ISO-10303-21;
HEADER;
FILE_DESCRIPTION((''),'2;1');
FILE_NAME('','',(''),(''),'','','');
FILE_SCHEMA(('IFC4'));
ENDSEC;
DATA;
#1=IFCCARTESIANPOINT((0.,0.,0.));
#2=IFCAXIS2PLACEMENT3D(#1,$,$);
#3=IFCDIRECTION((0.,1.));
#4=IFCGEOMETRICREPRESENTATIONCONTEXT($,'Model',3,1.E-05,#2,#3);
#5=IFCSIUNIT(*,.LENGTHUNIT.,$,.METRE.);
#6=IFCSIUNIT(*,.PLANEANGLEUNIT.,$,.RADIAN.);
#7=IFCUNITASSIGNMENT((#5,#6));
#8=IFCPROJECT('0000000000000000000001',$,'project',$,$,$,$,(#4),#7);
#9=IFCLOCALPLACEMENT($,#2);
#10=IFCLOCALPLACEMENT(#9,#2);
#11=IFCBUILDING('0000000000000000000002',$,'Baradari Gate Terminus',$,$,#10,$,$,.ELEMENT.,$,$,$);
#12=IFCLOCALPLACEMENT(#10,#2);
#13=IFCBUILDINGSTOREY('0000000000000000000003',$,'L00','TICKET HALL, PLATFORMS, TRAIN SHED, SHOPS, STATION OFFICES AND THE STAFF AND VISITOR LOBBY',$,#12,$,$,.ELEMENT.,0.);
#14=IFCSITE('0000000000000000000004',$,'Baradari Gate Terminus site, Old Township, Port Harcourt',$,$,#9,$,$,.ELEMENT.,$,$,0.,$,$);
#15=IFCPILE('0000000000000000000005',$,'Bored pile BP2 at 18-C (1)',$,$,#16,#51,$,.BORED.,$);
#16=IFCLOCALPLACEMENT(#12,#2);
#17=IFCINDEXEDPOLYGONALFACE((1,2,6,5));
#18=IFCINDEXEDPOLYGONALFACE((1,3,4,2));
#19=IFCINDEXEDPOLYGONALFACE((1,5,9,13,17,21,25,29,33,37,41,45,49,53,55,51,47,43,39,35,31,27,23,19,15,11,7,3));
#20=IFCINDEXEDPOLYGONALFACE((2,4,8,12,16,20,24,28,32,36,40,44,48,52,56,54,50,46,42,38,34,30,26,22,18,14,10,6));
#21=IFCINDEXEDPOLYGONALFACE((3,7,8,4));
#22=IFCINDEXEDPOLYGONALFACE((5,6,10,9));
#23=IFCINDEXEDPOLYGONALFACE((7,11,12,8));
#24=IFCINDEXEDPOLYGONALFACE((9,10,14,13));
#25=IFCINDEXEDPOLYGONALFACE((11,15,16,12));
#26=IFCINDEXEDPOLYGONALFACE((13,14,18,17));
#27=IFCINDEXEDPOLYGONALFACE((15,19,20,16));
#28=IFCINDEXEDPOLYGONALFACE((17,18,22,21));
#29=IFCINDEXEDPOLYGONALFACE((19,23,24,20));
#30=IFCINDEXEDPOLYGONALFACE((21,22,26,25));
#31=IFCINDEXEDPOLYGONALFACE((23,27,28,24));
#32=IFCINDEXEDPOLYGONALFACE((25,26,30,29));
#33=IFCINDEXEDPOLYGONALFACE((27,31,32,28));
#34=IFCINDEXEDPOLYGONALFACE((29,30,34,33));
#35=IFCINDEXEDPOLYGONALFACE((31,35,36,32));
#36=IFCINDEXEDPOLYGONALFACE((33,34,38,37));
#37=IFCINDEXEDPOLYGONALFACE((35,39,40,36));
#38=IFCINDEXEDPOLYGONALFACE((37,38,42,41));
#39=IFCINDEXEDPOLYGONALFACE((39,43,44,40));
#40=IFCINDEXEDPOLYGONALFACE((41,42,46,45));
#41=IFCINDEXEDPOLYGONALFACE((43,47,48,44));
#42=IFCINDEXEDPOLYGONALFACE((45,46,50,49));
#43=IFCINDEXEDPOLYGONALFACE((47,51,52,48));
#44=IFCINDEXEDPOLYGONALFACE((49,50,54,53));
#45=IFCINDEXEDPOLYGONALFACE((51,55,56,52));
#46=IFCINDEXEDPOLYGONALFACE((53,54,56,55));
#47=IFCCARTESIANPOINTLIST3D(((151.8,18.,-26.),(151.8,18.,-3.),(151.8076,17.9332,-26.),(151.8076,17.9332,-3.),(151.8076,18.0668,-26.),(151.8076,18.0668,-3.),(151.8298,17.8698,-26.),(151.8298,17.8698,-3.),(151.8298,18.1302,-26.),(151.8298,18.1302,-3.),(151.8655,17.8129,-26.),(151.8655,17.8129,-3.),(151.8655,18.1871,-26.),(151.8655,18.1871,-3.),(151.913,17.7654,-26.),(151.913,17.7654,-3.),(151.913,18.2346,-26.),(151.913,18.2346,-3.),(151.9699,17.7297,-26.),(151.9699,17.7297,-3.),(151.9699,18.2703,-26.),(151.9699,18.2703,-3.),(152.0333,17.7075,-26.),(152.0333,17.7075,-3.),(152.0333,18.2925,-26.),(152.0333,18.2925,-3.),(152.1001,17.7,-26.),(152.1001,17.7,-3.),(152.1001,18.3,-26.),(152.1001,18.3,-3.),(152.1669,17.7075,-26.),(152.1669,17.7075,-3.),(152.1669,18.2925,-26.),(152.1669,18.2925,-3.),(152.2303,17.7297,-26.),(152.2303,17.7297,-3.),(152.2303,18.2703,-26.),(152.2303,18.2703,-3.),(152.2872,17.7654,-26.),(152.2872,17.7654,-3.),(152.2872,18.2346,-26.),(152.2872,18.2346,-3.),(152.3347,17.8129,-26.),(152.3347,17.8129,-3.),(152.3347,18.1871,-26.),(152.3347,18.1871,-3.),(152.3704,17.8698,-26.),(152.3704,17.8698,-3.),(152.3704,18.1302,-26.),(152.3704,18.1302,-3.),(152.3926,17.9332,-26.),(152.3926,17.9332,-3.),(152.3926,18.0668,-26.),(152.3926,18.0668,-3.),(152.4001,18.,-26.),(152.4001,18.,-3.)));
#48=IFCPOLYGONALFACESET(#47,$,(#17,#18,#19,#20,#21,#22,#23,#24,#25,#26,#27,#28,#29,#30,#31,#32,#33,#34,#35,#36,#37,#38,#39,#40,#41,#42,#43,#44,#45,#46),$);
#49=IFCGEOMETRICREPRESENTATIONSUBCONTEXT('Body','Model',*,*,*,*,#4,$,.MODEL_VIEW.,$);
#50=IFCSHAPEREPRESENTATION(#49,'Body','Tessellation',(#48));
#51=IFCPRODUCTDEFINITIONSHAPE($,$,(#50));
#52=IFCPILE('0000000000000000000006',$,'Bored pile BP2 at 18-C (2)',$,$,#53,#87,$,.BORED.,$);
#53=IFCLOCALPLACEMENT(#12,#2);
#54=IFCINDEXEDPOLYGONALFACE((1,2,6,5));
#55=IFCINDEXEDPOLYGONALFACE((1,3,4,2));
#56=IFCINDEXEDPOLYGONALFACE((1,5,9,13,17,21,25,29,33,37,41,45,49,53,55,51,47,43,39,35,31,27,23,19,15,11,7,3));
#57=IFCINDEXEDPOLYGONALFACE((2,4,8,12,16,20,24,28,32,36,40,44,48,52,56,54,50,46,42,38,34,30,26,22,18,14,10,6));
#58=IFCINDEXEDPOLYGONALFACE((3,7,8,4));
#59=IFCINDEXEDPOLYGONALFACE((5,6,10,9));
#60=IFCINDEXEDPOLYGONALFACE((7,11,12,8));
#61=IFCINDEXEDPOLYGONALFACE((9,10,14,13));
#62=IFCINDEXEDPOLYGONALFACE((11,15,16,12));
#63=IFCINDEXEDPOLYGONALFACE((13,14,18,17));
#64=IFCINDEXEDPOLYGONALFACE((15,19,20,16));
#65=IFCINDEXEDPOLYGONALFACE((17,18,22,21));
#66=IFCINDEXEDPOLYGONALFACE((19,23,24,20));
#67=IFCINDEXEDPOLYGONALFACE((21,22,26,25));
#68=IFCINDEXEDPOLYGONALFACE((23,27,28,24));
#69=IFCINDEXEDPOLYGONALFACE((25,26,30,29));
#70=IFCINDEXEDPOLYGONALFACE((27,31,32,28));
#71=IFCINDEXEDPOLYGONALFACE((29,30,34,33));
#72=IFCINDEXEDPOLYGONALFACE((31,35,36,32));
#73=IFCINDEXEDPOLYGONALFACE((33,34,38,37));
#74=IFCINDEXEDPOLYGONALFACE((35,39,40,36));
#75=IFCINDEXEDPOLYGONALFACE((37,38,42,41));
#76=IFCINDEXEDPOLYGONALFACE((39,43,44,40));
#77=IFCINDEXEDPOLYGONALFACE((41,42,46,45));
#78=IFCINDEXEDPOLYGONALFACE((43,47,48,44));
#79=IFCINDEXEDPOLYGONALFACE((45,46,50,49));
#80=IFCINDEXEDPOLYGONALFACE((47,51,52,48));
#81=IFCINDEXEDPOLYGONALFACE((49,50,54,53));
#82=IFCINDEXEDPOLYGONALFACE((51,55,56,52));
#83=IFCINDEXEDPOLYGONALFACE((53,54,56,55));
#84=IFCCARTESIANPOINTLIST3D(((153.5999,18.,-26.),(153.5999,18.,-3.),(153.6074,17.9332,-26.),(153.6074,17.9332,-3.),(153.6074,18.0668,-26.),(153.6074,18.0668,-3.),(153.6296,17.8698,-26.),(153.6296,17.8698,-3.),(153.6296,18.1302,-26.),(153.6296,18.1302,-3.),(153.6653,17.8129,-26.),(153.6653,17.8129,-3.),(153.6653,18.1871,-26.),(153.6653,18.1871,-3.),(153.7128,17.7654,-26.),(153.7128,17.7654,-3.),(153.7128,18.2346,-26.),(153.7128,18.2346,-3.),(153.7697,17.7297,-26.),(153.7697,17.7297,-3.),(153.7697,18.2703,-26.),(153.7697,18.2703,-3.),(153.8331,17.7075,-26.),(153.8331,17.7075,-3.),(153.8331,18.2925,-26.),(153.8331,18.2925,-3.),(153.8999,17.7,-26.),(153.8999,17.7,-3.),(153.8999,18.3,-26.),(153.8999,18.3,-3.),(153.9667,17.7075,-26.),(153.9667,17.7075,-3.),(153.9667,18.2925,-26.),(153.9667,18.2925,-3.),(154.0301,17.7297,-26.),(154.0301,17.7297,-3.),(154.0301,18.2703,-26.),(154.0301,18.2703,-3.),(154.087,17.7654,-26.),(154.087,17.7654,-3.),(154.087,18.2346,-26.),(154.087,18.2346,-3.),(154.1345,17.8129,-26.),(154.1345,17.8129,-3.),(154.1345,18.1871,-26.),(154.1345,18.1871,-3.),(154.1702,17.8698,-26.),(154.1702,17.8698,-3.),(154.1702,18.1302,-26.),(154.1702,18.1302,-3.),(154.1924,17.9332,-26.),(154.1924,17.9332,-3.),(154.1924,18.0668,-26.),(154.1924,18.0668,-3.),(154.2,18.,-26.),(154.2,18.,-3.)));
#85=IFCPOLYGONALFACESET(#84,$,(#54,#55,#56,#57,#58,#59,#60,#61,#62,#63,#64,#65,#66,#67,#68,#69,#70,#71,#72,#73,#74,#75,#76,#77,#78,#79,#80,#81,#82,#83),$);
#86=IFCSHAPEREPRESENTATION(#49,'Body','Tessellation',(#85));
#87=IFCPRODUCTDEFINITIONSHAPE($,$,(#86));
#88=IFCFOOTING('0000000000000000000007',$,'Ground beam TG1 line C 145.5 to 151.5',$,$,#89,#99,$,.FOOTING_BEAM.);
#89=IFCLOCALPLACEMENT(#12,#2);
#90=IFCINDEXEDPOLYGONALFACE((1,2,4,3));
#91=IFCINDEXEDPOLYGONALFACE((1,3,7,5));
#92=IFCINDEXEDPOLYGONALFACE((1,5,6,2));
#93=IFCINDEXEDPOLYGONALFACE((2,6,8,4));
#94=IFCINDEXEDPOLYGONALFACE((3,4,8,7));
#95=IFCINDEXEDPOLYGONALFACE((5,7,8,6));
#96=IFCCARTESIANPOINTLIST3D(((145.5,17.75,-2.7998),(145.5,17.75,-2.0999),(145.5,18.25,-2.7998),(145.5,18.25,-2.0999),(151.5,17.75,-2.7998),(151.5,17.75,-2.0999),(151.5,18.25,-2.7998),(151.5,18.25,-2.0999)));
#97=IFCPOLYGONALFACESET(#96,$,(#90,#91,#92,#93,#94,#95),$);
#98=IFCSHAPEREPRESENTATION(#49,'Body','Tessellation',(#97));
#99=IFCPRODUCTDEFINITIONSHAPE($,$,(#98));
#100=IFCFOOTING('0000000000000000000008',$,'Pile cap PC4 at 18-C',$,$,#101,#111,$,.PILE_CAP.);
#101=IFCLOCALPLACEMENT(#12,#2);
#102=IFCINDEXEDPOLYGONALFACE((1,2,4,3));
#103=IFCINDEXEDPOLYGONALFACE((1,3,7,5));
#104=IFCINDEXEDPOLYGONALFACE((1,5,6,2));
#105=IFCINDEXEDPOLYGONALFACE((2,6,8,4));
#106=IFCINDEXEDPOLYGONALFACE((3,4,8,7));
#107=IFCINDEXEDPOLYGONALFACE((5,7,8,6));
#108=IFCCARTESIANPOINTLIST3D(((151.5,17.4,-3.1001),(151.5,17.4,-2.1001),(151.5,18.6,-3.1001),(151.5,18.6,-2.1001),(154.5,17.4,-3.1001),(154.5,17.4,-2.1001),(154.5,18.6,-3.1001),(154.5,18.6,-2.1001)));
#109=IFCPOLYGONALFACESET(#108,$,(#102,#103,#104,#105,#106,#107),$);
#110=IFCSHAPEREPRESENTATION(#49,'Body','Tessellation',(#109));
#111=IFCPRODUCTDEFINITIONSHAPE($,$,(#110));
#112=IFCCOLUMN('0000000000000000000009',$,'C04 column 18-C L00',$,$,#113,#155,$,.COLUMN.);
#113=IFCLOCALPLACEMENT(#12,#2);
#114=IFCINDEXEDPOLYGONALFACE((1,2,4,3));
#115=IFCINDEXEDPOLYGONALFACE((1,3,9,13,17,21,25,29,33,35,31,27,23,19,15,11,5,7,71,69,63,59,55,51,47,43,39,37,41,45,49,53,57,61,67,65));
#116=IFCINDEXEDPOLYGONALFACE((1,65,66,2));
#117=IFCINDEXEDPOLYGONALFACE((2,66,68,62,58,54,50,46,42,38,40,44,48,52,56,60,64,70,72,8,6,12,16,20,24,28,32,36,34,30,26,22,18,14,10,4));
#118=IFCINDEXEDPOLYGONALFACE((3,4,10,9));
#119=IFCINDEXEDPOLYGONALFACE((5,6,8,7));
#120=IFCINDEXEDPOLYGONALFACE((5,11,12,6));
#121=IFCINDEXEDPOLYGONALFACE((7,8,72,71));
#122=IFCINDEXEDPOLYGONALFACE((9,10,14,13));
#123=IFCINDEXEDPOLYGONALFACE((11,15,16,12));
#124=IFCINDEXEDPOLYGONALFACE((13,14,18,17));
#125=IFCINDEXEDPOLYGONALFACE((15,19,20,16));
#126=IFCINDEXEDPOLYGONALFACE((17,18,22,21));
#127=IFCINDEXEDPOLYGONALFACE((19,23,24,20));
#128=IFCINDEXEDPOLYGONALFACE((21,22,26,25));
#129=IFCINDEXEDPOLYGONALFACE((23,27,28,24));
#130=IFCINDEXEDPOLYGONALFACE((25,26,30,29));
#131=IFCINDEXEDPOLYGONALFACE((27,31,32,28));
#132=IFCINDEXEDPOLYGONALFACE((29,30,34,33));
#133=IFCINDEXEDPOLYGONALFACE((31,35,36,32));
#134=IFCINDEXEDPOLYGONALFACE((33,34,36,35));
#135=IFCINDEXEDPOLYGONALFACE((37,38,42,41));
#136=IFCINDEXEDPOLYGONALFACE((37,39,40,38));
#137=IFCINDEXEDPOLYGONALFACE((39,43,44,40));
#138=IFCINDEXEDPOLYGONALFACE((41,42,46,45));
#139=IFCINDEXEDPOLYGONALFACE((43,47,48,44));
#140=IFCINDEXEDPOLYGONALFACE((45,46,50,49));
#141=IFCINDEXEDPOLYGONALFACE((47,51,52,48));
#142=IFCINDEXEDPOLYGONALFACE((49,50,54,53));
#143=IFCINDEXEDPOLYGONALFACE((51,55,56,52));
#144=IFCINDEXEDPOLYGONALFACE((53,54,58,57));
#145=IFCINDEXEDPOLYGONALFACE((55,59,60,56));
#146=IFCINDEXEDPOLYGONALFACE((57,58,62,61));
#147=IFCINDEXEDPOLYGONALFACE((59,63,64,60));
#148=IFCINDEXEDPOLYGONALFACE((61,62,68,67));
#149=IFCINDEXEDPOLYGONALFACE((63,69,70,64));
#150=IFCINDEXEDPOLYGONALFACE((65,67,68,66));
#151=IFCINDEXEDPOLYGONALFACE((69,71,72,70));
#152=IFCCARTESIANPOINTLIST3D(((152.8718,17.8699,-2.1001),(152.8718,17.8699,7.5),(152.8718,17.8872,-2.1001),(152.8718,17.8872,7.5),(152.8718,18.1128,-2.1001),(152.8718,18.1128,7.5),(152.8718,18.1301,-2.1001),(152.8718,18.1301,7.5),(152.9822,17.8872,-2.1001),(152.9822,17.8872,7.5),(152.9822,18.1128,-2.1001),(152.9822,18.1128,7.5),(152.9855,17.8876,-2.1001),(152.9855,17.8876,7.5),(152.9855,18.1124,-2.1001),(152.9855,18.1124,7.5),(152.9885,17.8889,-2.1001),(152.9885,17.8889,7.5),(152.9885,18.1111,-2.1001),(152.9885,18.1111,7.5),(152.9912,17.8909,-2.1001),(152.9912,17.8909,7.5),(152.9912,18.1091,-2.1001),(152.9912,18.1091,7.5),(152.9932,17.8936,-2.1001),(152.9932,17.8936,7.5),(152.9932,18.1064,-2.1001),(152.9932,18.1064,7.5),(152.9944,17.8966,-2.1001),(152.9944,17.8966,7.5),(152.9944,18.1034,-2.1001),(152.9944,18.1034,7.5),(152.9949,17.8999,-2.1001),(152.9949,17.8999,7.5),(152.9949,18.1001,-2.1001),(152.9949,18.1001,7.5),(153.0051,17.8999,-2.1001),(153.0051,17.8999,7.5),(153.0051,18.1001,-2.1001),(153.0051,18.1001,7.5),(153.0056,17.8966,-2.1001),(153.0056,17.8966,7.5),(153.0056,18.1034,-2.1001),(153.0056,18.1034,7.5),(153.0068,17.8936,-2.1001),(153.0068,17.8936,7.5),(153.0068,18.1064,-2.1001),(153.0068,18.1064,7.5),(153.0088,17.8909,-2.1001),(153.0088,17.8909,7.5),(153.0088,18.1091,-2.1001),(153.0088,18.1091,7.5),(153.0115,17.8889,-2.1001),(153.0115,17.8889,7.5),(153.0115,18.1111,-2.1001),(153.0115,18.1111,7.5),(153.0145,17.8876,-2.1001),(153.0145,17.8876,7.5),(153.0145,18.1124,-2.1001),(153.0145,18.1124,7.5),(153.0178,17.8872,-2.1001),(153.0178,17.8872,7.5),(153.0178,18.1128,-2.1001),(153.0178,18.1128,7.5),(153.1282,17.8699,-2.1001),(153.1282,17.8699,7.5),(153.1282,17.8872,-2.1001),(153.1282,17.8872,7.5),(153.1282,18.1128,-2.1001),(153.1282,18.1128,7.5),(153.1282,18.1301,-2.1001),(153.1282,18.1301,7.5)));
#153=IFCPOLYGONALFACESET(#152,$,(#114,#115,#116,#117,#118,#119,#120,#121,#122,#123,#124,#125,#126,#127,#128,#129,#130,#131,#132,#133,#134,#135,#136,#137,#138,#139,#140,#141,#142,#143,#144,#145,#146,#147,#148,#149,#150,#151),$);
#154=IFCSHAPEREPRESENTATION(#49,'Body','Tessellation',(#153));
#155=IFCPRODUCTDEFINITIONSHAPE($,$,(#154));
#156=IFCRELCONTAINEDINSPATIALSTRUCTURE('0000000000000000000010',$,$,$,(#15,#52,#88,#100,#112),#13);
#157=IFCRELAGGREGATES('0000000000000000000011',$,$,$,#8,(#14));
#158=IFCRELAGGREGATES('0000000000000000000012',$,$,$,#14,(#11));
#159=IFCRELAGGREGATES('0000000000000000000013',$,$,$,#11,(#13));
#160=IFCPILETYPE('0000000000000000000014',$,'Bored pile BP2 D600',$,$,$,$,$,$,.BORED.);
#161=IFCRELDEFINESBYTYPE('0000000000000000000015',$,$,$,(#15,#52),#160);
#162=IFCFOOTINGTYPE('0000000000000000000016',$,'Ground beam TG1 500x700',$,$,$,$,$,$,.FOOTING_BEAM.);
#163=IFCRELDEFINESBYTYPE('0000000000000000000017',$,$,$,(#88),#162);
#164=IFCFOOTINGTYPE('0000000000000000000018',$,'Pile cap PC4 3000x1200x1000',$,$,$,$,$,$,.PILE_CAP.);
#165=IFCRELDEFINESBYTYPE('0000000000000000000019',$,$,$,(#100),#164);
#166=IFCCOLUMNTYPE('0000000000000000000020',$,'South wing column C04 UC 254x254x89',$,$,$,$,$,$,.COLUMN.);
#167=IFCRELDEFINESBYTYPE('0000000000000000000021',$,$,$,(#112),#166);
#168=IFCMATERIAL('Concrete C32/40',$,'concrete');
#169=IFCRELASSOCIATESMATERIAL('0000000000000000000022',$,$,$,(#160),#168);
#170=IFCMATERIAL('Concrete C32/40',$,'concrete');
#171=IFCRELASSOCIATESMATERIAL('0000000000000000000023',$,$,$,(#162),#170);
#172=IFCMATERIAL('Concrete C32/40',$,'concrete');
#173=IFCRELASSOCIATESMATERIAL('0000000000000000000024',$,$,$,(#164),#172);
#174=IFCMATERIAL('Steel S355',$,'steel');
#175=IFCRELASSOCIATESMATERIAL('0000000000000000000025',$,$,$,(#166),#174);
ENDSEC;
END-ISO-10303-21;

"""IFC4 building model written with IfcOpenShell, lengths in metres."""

from ifc_helpers import new_model, si_unit, direction, frame, origin, origin_2d, place, context, subcontext, project, spatial, rectangle, circle, i_section, extrude, material, material_profile, profile_set, type_object, element, save


model = new_model("IFC4")

# Units and contexts
model_context = context("Model", 3, precision=1e-05, world=origin(), true_north=direction((0.0, 1.0)))
body_context = subcontext(model_context, "Body", "Model", "MODEL_VIEW")
ifc_project = project(units=[si_unit("LENGTHUNIT", "METRE"), si_unit("PLANEANGLEUNIT", "RADIAN")], contexts=[model_context])

# Site, building, storey
site_placement = place(None, origin())
site = spatial("IfcSite", under=ifc_project, at=site_placement, Name="Baradari Gate Terminus site, Old Township, Port Harcourt", CompositionType="ELEMENT", RefElevation=0.0)
building_placement = place(site_placement, origin())
building = spatial("IfcBuilding", under=site, at=building_placement, Name="Baradari Gate Terminus", CompositionType="ELEMENT")
storey_placement = place(building_placement, origin())
storey = spatial("IfcBuildingStorey", under=building, at=storey_placement, Name="L00", Description="TICKET HALL, PLATFORMS, TRAIN SHED, SHOPS, STATION OFFICES AND THE STAFF AND VISITOR LOBBY", CompositionType="ELEMENT", Elevation=0.0)

# Piles
ifc_material_1 = material(Name="Concrete C32/40", Category="concrete")
pile_type = type_object("IfcPileType", Name="Bored pile BP2 D600", PredefinedType="BORED", material=ifc_material_1)
for number, where, z_axis, x_axis, name in (
    (1, (152.1001, 18.0, -3.0), (0.0, 0.0, -1.0), (1.0, 0.0, 0.0), "Bored pile BP2 at 18-C (1)"),
    (2, (153.8999, 18.0, -3.0), (0.0, 0.0, -1.0), (1.0, 0.0, 0.0), "Bored pile BP2 at 18-C (2)"),
):
    element("IfcPile", number, at=place(storey_placement, frame(where, z_axis=z_axis, x_axis=x_axis)), inside=storey, type_object=pile_type, Name=name, PredefinedType="BORED", context=body_context, shape_type="SweptSolid", body=[
        extrude(circle(Radius=0.3, at=origin_2d()), origin(), (0.0, 0.0, 1.0), 23.0),
    ])

# Footings
ifc_material_2 = material(Name="Concrete C32/40", Category="concrete")
footing_type_1 = type_object("IfcFootingType", Name="Ground beam TG1 500x700", PredefinedType="FOOTING_BEAM", material=ifc_material_2)
footing_1_placement = place(storey_placement, frame((148.5, 18.0, -2.7998), z_axis=(0.0, 0.0, 1.0), x_axis=(1.0, 0.0, 0.0)))
element("IfcFooting", 3, at=footing_1_placement, inside=storey, type_object=footing_type_1, Name="Ground beam TG1 line C 145.5 to 151.5", PredefinedType="FOOTING_BEAM", context=body_context, shape_type="SweptSolid", body=[
    extrude(rectangle(XDim=6.0, YDim=0.5, at=origin_2d()), origin(), (0.0, 0.0, 1.0), 0.7),
])
ifc_material_3 = material(Name="Concrete C32/40", Category="concrete")
footing_type_2 = type_object("IfcFootingType", Name="Pile cap PC4 3000x1200x1000", PredefinedType="PILE_CAP", material=ifc_material_3)
footing_2_placement = place(storey_placement, frame((153.0, 18.0, -3.1001), z_axis=(0.0, 0.0, 1.0), x_axis=(1.0, 0.0, 0.0)))
element("IfcFooting", 4, at=footing_2_placement, inside=storey, type_object=footing_type_2, Name="Pile cap PC4 at 18-C", PredefinedType="PILE_CAP", context=body_context, shape_type="SweptSolid", body=[
    extrude(rectangle(XDim=3.0, YDim=1.2, at=origin_2d()), origin(), (0.0, 0.0, 1.0), 1.0),
])

# Column
ifc_material_4 = material(Name="Steel S355", Category="steel")
ifc_material_profile = material_profile(ifc_material_4, i_section(OverallWidth=0.2563, OverallDepth=0.2603, WebThickness=0.0103, FlangeThickness=0.0173, FilletRadius=0.0127, at=origin_2d()), Name="UC 254x254x89")
ifc_profile_set = profile_set([ifc_material_profile], Name="Steel S355")
column_type = type_object("IfcColumnType", Name="South wing column C04 UC 254x254x89", PredefinedType="COLUMN", material=ifc_profile_set)
column_placement = place(storey_placement, frame((153.0, 18.0, -2.1001), z_axis=(0.0, 0.0, 1.0), x_axis=(1.0, 0.0, 0.0)))
element("IfcColumn", 5, at=column_placement, inside=storey, type_object=column_type, Name="C04 column 18-C L00", PredefinedType="COLUMN", context=body_context, shape_type="SweptSolid", body=[
    extrude(i_section(OverallWidth=0.2563, OverallDepth=0.2603, WebThickness=0.0103, FlangeThickness=0.0173, FilletRadius=0.0127, at=origin_2d()), origin(), (0.0, 0.0, 1.0), 9.6001),
])

save(model, "model.ifc")
